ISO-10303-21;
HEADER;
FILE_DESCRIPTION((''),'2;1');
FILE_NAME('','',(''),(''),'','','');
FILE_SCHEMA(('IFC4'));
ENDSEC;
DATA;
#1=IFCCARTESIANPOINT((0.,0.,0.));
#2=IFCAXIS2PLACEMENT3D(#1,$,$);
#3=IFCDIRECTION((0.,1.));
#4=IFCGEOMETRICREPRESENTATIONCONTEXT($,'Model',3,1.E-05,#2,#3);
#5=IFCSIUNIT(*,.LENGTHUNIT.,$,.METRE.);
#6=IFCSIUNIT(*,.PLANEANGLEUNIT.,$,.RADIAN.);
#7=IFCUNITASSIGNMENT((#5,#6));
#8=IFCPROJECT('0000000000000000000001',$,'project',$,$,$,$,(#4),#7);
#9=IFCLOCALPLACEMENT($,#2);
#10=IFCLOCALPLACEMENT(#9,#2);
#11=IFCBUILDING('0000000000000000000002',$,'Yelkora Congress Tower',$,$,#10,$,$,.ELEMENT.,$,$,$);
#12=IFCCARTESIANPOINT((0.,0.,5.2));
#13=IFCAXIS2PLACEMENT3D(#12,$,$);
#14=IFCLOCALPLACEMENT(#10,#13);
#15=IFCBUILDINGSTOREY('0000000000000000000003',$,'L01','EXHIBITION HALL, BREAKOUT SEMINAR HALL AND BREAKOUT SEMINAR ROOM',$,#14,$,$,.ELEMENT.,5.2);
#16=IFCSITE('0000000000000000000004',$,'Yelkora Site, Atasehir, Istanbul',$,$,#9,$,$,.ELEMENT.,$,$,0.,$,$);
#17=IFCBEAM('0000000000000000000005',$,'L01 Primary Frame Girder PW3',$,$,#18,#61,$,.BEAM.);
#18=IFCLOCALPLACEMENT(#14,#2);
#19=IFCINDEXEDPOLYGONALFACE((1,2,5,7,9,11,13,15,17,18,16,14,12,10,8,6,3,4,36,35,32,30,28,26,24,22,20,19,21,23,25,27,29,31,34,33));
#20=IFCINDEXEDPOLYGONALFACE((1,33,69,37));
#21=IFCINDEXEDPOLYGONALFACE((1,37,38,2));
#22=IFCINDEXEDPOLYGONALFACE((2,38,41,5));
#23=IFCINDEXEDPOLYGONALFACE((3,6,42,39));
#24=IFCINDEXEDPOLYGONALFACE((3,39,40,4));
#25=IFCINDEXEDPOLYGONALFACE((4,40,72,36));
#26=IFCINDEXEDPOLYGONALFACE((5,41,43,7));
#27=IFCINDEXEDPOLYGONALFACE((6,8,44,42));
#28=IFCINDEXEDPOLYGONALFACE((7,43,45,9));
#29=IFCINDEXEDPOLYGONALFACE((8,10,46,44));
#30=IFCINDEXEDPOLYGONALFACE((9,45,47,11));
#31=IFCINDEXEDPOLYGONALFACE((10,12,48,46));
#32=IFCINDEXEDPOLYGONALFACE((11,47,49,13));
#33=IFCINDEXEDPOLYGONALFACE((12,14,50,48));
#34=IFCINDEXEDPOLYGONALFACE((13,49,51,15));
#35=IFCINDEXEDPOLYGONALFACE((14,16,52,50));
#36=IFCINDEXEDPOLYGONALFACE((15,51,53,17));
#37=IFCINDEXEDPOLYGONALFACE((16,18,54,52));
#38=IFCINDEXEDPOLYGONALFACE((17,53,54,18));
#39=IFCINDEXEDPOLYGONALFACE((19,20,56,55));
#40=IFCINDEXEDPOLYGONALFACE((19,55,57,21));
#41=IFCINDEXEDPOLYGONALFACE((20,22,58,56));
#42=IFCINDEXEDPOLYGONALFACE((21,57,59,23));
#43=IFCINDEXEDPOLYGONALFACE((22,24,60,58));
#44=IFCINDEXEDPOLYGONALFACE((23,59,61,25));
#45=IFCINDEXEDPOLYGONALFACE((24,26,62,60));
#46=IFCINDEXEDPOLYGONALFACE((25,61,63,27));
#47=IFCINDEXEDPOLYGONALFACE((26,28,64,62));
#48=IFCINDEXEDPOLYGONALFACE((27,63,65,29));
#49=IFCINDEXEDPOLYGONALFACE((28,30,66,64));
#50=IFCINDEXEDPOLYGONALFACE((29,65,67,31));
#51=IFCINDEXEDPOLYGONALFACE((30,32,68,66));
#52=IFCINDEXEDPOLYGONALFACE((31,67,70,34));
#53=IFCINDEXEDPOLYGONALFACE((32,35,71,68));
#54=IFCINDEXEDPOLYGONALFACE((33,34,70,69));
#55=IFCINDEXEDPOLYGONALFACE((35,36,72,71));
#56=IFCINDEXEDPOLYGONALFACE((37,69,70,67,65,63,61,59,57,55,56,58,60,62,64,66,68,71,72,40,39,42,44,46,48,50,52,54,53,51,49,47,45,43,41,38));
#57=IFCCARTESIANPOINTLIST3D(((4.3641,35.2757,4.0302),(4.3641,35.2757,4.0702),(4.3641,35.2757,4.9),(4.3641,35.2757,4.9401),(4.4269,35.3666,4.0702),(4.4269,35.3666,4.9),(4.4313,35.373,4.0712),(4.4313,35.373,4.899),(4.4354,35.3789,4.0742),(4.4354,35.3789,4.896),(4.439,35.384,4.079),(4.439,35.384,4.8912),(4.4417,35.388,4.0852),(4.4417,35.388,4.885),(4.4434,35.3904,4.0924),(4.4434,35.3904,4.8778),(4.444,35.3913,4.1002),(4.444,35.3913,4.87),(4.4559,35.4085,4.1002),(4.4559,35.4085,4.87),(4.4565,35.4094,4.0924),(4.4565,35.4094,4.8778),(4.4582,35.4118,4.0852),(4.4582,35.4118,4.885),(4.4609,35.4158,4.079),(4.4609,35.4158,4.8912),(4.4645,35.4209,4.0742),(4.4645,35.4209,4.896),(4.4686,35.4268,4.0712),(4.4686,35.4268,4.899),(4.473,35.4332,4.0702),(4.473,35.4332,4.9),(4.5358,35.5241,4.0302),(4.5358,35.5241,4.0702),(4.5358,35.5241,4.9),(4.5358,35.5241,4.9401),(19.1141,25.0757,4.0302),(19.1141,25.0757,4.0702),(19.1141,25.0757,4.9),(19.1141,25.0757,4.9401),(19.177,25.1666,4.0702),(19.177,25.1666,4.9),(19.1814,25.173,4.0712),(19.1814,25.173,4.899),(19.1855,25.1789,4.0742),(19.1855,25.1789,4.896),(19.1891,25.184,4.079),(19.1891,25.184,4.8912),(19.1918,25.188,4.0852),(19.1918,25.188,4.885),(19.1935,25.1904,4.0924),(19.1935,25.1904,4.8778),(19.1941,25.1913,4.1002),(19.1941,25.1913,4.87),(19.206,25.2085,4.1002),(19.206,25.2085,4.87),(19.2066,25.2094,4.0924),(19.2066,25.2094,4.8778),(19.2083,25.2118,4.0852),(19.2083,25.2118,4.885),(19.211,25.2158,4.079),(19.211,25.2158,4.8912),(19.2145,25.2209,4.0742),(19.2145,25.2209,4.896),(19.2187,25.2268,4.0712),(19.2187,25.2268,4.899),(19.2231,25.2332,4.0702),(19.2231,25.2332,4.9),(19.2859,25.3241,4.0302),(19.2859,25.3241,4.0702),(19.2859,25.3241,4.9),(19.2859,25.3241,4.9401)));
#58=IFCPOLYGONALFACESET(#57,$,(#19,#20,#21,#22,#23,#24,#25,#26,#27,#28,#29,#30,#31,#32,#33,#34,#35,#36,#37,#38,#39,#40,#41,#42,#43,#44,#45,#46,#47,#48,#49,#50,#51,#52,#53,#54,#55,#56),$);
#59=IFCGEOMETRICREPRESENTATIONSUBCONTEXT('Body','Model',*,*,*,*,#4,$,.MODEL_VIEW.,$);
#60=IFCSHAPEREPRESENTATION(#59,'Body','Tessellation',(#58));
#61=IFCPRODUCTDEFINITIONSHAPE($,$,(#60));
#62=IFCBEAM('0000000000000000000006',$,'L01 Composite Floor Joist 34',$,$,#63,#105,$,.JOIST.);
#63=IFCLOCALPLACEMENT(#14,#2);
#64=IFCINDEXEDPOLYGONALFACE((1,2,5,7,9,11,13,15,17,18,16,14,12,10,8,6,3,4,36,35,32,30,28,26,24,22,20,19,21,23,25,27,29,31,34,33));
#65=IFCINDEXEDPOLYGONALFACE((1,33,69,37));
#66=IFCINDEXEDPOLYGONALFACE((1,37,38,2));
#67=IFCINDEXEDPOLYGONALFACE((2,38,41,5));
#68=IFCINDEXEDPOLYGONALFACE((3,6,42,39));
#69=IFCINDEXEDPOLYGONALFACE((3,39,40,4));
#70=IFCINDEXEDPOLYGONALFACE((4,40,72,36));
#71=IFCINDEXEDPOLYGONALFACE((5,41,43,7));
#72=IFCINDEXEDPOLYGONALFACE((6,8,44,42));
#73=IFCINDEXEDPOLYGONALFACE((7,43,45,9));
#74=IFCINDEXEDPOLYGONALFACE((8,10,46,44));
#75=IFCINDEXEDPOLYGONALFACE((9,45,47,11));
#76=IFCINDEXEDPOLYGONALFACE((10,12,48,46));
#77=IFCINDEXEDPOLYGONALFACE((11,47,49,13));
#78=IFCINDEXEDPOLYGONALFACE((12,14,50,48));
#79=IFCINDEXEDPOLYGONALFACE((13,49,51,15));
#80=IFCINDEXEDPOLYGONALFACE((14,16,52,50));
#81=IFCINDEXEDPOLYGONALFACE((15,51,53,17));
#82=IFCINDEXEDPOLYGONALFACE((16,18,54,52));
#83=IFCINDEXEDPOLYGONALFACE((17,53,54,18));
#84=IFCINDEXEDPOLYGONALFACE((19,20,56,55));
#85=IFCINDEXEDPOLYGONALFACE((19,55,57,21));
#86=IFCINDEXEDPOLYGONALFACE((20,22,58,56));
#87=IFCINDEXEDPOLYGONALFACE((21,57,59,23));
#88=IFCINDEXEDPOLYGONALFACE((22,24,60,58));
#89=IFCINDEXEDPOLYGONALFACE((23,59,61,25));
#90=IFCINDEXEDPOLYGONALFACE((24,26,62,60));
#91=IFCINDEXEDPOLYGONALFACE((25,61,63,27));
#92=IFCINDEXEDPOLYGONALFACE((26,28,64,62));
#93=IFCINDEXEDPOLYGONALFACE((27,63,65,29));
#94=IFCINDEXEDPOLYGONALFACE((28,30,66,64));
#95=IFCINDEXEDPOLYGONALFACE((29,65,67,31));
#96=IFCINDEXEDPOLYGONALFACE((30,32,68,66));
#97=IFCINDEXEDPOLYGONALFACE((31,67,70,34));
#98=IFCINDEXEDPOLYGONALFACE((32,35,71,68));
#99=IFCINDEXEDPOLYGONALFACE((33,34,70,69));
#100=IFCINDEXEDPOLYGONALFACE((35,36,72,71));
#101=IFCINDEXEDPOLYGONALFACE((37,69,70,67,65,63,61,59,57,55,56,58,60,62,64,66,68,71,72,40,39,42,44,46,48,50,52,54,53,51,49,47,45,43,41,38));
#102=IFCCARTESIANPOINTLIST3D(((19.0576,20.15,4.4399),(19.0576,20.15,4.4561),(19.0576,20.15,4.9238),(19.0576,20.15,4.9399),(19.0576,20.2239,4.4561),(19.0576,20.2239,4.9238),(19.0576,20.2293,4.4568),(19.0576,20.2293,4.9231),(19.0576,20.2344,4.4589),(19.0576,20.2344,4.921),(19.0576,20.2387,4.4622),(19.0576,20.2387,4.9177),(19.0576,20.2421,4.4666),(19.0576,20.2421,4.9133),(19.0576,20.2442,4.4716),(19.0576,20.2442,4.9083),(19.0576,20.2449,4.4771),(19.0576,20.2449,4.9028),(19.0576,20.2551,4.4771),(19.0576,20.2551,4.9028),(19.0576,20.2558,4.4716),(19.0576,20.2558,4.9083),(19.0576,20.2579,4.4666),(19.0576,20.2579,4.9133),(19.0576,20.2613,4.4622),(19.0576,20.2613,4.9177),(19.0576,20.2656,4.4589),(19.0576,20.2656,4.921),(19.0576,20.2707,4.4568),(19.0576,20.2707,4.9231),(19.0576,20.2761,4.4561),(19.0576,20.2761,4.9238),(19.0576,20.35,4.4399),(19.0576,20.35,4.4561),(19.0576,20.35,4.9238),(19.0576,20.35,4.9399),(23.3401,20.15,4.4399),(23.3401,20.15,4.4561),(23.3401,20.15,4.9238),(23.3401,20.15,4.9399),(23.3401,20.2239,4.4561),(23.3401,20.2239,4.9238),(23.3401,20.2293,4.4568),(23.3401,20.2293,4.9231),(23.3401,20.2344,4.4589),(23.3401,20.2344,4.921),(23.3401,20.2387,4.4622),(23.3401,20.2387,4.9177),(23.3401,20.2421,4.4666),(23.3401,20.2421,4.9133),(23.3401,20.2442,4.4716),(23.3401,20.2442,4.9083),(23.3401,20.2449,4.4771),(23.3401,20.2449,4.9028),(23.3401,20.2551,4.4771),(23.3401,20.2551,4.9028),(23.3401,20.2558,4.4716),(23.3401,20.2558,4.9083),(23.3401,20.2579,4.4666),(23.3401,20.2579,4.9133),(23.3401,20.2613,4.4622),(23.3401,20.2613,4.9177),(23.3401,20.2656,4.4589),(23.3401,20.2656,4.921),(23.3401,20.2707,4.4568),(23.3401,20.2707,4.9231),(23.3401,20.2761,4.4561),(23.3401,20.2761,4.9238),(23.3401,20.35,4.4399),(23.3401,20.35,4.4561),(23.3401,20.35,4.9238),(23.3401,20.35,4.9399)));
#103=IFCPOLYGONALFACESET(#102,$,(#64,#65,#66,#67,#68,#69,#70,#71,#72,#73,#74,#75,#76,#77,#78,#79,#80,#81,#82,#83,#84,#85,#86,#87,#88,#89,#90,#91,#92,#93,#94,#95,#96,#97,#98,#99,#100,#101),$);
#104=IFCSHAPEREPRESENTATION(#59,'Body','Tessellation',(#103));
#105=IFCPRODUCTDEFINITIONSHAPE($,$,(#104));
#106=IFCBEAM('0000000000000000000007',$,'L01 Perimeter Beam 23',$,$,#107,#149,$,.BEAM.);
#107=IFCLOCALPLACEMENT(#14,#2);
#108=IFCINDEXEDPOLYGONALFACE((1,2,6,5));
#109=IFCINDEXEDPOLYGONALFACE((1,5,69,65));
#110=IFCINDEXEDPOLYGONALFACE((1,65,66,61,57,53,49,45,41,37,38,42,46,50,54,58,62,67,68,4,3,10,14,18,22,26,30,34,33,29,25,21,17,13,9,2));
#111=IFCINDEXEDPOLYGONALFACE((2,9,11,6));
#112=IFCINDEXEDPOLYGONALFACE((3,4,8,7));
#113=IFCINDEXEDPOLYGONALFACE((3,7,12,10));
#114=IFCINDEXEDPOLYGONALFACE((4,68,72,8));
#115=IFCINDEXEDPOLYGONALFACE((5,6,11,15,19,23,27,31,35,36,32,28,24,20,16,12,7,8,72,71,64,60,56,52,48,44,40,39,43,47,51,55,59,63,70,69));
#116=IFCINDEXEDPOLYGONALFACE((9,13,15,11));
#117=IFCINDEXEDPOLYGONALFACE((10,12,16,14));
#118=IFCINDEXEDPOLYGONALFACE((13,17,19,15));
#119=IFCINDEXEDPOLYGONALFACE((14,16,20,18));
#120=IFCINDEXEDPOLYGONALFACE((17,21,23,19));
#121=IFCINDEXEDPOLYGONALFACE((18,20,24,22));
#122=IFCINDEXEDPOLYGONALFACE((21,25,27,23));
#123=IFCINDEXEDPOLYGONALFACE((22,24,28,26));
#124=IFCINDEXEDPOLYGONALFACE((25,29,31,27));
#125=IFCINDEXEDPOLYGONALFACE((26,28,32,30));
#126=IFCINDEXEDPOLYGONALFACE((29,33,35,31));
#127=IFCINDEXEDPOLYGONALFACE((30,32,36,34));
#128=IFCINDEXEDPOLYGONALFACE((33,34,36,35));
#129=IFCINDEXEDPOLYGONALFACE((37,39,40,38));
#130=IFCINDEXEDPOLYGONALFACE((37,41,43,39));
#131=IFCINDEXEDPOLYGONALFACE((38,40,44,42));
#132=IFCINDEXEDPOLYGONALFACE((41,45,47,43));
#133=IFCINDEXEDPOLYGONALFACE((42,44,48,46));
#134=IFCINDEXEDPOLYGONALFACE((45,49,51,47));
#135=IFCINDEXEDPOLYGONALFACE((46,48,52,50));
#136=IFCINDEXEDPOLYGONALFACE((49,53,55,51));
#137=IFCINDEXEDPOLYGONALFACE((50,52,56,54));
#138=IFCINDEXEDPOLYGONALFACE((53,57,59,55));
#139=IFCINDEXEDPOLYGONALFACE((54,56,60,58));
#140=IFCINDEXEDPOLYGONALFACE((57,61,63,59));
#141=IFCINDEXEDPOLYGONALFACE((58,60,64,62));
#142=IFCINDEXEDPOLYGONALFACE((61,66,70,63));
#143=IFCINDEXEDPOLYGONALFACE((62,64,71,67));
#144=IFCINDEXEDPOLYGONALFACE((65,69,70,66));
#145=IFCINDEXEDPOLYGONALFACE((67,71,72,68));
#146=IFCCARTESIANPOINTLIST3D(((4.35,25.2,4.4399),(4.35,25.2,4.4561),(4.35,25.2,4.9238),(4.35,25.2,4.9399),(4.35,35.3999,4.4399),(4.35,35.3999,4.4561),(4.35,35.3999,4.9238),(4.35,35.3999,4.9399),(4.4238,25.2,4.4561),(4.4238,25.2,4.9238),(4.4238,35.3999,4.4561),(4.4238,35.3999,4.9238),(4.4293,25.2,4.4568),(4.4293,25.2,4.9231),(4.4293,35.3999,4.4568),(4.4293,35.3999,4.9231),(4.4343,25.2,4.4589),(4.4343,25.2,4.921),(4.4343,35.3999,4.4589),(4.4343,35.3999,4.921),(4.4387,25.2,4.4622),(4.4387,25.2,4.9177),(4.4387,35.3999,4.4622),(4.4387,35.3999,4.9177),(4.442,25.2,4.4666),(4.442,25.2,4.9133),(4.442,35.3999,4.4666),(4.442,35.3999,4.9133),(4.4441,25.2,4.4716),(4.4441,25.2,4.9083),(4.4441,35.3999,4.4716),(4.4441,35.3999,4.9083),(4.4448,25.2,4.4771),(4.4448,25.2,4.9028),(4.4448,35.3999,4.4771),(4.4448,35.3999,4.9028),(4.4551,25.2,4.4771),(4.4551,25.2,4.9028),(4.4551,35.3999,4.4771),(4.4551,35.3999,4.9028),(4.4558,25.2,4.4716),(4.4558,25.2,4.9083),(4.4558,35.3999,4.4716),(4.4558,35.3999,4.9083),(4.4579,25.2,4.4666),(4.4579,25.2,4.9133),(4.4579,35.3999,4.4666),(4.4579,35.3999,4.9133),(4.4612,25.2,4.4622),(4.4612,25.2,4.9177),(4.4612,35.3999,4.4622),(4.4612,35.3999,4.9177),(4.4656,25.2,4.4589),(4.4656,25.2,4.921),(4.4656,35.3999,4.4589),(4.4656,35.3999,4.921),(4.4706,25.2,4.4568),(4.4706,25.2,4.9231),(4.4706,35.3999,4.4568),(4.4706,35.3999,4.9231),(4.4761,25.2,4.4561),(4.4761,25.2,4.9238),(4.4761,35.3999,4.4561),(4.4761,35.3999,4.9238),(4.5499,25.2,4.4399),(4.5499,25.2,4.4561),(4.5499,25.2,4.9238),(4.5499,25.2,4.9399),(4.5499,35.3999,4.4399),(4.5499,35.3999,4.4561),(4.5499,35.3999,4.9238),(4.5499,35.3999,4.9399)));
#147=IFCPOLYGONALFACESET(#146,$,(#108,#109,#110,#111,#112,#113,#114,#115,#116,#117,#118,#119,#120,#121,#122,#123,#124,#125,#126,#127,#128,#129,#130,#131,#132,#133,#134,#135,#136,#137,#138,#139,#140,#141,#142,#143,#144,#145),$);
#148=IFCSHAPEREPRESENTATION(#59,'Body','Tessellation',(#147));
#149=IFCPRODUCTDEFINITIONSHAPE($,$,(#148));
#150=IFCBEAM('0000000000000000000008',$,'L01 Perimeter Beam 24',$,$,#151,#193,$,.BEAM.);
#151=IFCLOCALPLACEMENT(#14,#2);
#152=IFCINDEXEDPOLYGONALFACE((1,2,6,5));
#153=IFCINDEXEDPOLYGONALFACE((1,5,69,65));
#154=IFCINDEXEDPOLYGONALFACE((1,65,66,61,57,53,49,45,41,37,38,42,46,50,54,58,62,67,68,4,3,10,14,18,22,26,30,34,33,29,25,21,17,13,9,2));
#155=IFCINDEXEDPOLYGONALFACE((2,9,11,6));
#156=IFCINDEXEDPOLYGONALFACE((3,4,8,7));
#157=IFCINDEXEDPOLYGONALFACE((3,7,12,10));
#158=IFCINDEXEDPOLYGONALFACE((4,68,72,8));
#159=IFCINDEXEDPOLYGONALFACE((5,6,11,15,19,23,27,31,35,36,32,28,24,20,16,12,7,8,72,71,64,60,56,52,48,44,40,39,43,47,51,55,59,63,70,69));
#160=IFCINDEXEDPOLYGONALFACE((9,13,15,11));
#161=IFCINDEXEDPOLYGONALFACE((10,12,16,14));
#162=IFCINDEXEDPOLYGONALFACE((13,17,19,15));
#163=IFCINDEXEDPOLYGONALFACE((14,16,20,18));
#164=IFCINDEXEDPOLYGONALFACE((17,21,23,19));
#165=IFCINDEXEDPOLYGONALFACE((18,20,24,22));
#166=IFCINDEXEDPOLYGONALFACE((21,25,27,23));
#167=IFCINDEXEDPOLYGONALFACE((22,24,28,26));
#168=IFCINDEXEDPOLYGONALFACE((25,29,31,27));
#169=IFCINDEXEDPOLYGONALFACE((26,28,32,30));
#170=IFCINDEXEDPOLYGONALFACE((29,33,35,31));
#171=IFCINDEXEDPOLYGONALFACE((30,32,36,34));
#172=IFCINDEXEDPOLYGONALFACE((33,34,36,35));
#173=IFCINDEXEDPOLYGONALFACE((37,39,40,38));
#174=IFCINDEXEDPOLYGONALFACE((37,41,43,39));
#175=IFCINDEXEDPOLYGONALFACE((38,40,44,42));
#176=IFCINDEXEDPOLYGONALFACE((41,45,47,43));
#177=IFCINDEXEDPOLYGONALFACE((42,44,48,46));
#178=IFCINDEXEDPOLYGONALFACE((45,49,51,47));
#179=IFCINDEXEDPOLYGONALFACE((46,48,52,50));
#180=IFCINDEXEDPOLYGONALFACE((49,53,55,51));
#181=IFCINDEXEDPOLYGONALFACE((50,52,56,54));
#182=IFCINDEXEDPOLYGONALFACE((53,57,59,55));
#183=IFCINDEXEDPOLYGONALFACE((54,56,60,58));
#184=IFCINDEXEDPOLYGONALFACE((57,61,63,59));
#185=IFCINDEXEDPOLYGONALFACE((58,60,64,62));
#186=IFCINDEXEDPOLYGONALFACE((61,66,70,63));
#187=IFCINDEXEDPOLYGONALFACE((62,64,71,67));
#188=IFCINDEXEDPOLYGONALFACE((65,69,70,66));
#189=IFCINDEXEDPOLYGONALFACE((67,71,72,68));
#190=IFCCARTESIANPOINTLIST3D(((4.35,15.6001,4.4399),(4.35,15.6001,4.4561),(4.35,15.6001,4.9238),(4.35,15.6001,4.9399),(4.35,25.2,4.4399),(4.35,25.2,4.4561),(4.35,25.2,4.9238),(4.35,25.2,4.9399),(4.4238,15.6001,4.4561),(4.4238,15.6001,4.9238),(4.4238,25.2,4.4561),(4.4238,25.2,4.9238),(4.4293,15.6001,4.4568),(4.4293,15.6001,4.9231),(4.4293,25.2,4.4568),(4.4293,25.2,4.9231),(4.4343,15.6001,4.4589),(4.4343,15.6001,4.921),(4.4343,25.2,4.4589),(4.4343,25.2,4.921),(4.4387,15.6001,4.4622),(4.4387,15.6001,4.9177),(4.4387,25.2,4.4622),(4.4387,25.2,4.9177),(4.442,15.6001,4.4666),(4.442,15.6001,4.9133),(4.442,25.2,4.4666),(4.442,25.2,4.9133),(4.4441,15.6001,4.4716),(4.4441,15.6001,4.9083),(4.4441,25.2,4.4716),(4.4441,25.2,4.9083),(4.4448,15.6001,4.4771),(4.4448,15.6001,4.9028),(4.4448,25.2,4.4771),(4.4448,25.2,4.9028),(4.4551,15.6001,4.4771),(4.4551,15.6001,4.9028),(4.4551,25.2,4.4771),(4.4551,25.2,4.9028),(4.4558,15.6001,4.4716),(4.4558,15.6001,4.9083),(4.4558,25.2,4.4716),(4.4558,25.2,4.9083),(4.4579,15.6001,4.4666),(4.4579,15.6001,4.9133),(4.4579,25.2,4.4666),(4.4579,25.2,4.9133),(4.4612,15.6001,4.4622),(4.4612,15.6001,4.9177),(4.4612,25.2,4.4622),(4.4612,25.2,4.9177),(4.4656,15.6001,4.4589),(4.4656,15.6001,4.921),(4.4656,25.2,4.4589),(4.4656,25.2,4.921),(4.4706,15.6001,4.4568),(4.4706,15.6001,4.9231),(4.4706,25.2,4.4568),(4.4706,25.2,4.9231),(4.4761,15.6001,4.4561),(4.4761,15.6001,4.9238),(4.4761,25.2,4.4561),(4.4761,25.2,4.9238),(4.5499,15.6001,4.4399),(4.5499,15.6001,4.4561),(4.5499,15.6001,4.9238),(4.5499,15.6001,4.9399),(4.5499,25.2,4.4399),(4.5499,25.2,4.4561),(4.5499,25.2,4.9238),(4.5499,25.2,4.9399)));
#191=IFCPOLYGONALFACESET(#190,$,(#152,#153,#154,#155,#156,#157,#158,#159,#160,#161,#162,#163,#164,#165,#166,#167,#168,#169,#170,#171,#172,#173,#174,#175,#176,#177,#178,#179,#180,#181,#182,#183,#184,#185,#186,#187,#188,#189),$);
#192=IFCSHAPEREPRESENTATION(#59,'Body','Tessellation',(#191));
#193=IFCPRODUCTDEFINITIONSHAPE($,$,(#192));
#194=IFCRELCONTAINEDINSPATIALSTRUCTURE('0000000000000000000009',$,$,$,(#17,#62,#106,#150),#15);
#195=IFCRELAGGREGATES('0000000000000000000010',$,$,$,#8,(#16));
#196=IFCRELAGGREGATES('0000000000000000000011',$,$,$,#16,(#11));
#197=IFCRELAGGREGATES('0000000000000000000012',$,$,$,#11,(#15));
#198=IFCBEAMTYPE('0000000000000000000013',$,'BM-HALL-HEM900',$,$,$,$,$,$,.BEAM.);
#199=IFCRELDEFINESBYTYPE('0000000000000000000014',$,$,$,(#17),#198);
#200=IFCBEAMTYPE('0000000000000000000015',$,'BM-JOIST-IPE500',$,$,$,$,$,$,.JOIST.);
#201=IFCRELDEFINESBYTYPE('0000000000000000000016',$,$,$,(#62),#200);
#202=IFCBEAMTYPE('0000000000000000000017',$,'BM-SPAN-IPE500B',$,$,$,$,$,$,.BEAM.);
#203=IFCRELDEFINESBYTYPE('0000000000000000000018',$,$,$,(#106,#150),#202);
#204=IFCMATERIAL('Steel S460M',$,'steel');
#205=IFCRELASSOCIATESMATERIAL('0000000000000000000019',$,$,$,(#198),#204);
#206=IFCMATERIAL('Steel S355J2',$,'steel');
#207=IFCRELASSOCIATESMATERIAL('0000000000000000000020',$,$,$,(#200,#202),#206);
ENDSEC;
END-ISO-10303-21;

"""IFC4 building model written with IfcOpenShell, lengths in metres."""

from ifc_helpers import new_model, si_unit, direction, frame, origin, origin_2d, place, context, subcontext, project, spatial, i_section, extrude, material, material_profile, profile_set, type_object, element, save


model = new_model("IFC4")

# Units and contexts
model_context = context("Model", 3, precision=1e-05, world=origin(), true_north=direction((0.0, 1.0)))
body_context = subcontext(model_context, "Body", "Model", "MODEL_VIEW")
ifc_project = project(units=[si_unit("LENGTHUNIT", "METRE"), si_unit("PLANEANGLEUNIT", "RADIAN")], contexts=[model_context])

# Site, building, storey
site_placement = place(None, origin())
site = spatial("IfcSite", under=ifc_project, at=site_placement, Name="Yelkora Site, Atasehir, Istanbul", CompositionType="ELEMENT", RefElevation=0.0)
building_placement = place(site_placement, origin())
building = spatial("IfcBuilding", under=site, at=building_placement, Name="Yelkora Congress Tower", CompositionType="ELEMENT")
storey_placement = place(building_placement, frame((0.0, 0.0, 5.2)))
storey = spatial("IfcBuildingStorey", under=building, at=storey_placement, Name="L01", Description="EXHIBITION HALL, BREAKOUT SEMINAR HALL AND BREAKOUT SEMINAR ROOM", CompositionType="ELEMENT", Elevation=5.2)

# Beams
ifc_material_1 = material(Name="Steel S460M", Category="steel")
ifc_material_profile_1 = material_profile(ifc_material_1, i_section(OverallWidth=0.302, OverallDepth=0.9099, WebThickness=0.021, FlangeThickness=0.04, FilletRadius=0.03, at=origin_2d()), Name="HEM 900")
ifc_profile_set_1 = profile_set([ifc_material_profile_1], Name="Steel S460M")
beam_type_1 = type_object("IfcBeamType", Name="BM-HALL-HEM900", PredefinedType="BEAM", material=ifc_profile_set_1)
beam_1_placement = place(storey_placement, frame((4.45, 35.3999, 4.4851), z_axis=(0.822494, -0.568773, 0.0), x_axis=(0.568773, 0.822494, 0.0)))
element("IfcBeam", 1, at=beam_1_placement, inside=storey, type_object=beam_type_1, Name="L01 Primary Frame Girder PW3", PredefinedType="BEAM", context=body_context, shape_type="SweptSolid", body=[
    extrude(i_section(OverallWidth=0.302, OverallDepth=0.9099, WebThickness=0.021, FlangeThickness=0.04, FilletRadius=0.03, at=origin_2d()), origin(), (0.0, 0.0, 1.0), 17.9333),
])
ifc_material_2 = material(Name="Steel S355J2", Category="steel")
ifc_material_profile_2 = material_profile(ifc_material_2, i_section(OverallWidth=0.2, OverallDepth=0.5, WebThickness=0.0103, FlangeThickness=0.0161, FilletRadius=0.021, at=origin_2d()), Name="IPE 500")
ifc_profile_set_2 = profile_set([ifc_material_profile_2], Name="Steel S355J2")
beam_type_2 = type_object("IfcBeamType", Name="BM-JOIST-IPE500", PredefinedType="JOIST", material=ifc_profile_set_2)
beam_2_placement = place(storey_placement, frame((19.0576, 20.25, 4.6899), z_axis=(1.0, 0.0, 0.0), x_axis=(0.0, 1.0, 0.0)))
element("IfcBeam", 2, at=beam_2_placement, inside=storey, type_object=beam_type_2, Name="L01 Composite Floor Joist 34", PredefinedType="JOIST", context=body_context, shape_type="SweptSolid", body=[
    extrude(i_section(OverallWidth=0.2, OverallDepth=0.5, WebThickness=0.0103, FlangeThickness=0.0161, FilletRadius=0.021, at=origin_2d()), origin(), (0.0, 0.0, 1.0), 4.2825),
])
ifc_material_profile_3 = material_profile(ifc_material_2, i_section(OverallWidth=0.2, OverallDepth=0.5, WebThickness=0.0103, FlangeThickness=0.0161, FilletRadius=0.021, at=origin_2d()), Name="IPE 500")
ifc_profile_set_3 = profile_set([ifc_material_profile_3], Name="Steel S355J2")
beam_type_3 = type_object("IfcBeamType", Name="BM-SPAN-IPE500B", PredefinedType="BEAM", material=ifc_profile_set_3)
beam_3_placement = place(storey_placement, frame((4.45, 35.3999, 4.6899), z_axis=(0.0, -1.0, 0.0), x_axis=(1.0, 0.0, 0.0)))
element("IfcBeam", 3, at=beam_3_placement, inside=storey, type_object=beam_type_3, Name="L01 Perimeter Beam 23", PredefinedType="BEAM", context=body_context, shape_type="SweptSolid", body=[
    extrude(i_section(OverallWidth=0.2, OverallDepth=0.5, WebThickness=0.0103, FlangeThickness=0.0161, FilletRadius=0.021, at=origin_2d()), origin(), (0.0, 0.0, 1.0), 10.2),
])
beam_4_placement = place(storey_placement, frame((4.45, 25.2, 4.6899), z_axis=(0.0, -1.0, 0.0), x_axis=(1.0, 0.0, 0.0)))
element("IfcBeam", 4, at=beam_4_placement, inside=storey, type_object=beam_type_3, Name="L01 Perimeter Beam 24", PredefinedType="BEAM", context=body_context, shape_type="SweptSolid", body=[
    extrude(i_section(OverallWidth=0.2, OverallDepth=0.5, WebThickness=0.0103, FlangeThickness=0.0161, FilletRadius=0.021, at=origin_2d()), origin(), (0.0, 0.0, 1.0), 9.5999),
])

save(model, "model.ifc")
